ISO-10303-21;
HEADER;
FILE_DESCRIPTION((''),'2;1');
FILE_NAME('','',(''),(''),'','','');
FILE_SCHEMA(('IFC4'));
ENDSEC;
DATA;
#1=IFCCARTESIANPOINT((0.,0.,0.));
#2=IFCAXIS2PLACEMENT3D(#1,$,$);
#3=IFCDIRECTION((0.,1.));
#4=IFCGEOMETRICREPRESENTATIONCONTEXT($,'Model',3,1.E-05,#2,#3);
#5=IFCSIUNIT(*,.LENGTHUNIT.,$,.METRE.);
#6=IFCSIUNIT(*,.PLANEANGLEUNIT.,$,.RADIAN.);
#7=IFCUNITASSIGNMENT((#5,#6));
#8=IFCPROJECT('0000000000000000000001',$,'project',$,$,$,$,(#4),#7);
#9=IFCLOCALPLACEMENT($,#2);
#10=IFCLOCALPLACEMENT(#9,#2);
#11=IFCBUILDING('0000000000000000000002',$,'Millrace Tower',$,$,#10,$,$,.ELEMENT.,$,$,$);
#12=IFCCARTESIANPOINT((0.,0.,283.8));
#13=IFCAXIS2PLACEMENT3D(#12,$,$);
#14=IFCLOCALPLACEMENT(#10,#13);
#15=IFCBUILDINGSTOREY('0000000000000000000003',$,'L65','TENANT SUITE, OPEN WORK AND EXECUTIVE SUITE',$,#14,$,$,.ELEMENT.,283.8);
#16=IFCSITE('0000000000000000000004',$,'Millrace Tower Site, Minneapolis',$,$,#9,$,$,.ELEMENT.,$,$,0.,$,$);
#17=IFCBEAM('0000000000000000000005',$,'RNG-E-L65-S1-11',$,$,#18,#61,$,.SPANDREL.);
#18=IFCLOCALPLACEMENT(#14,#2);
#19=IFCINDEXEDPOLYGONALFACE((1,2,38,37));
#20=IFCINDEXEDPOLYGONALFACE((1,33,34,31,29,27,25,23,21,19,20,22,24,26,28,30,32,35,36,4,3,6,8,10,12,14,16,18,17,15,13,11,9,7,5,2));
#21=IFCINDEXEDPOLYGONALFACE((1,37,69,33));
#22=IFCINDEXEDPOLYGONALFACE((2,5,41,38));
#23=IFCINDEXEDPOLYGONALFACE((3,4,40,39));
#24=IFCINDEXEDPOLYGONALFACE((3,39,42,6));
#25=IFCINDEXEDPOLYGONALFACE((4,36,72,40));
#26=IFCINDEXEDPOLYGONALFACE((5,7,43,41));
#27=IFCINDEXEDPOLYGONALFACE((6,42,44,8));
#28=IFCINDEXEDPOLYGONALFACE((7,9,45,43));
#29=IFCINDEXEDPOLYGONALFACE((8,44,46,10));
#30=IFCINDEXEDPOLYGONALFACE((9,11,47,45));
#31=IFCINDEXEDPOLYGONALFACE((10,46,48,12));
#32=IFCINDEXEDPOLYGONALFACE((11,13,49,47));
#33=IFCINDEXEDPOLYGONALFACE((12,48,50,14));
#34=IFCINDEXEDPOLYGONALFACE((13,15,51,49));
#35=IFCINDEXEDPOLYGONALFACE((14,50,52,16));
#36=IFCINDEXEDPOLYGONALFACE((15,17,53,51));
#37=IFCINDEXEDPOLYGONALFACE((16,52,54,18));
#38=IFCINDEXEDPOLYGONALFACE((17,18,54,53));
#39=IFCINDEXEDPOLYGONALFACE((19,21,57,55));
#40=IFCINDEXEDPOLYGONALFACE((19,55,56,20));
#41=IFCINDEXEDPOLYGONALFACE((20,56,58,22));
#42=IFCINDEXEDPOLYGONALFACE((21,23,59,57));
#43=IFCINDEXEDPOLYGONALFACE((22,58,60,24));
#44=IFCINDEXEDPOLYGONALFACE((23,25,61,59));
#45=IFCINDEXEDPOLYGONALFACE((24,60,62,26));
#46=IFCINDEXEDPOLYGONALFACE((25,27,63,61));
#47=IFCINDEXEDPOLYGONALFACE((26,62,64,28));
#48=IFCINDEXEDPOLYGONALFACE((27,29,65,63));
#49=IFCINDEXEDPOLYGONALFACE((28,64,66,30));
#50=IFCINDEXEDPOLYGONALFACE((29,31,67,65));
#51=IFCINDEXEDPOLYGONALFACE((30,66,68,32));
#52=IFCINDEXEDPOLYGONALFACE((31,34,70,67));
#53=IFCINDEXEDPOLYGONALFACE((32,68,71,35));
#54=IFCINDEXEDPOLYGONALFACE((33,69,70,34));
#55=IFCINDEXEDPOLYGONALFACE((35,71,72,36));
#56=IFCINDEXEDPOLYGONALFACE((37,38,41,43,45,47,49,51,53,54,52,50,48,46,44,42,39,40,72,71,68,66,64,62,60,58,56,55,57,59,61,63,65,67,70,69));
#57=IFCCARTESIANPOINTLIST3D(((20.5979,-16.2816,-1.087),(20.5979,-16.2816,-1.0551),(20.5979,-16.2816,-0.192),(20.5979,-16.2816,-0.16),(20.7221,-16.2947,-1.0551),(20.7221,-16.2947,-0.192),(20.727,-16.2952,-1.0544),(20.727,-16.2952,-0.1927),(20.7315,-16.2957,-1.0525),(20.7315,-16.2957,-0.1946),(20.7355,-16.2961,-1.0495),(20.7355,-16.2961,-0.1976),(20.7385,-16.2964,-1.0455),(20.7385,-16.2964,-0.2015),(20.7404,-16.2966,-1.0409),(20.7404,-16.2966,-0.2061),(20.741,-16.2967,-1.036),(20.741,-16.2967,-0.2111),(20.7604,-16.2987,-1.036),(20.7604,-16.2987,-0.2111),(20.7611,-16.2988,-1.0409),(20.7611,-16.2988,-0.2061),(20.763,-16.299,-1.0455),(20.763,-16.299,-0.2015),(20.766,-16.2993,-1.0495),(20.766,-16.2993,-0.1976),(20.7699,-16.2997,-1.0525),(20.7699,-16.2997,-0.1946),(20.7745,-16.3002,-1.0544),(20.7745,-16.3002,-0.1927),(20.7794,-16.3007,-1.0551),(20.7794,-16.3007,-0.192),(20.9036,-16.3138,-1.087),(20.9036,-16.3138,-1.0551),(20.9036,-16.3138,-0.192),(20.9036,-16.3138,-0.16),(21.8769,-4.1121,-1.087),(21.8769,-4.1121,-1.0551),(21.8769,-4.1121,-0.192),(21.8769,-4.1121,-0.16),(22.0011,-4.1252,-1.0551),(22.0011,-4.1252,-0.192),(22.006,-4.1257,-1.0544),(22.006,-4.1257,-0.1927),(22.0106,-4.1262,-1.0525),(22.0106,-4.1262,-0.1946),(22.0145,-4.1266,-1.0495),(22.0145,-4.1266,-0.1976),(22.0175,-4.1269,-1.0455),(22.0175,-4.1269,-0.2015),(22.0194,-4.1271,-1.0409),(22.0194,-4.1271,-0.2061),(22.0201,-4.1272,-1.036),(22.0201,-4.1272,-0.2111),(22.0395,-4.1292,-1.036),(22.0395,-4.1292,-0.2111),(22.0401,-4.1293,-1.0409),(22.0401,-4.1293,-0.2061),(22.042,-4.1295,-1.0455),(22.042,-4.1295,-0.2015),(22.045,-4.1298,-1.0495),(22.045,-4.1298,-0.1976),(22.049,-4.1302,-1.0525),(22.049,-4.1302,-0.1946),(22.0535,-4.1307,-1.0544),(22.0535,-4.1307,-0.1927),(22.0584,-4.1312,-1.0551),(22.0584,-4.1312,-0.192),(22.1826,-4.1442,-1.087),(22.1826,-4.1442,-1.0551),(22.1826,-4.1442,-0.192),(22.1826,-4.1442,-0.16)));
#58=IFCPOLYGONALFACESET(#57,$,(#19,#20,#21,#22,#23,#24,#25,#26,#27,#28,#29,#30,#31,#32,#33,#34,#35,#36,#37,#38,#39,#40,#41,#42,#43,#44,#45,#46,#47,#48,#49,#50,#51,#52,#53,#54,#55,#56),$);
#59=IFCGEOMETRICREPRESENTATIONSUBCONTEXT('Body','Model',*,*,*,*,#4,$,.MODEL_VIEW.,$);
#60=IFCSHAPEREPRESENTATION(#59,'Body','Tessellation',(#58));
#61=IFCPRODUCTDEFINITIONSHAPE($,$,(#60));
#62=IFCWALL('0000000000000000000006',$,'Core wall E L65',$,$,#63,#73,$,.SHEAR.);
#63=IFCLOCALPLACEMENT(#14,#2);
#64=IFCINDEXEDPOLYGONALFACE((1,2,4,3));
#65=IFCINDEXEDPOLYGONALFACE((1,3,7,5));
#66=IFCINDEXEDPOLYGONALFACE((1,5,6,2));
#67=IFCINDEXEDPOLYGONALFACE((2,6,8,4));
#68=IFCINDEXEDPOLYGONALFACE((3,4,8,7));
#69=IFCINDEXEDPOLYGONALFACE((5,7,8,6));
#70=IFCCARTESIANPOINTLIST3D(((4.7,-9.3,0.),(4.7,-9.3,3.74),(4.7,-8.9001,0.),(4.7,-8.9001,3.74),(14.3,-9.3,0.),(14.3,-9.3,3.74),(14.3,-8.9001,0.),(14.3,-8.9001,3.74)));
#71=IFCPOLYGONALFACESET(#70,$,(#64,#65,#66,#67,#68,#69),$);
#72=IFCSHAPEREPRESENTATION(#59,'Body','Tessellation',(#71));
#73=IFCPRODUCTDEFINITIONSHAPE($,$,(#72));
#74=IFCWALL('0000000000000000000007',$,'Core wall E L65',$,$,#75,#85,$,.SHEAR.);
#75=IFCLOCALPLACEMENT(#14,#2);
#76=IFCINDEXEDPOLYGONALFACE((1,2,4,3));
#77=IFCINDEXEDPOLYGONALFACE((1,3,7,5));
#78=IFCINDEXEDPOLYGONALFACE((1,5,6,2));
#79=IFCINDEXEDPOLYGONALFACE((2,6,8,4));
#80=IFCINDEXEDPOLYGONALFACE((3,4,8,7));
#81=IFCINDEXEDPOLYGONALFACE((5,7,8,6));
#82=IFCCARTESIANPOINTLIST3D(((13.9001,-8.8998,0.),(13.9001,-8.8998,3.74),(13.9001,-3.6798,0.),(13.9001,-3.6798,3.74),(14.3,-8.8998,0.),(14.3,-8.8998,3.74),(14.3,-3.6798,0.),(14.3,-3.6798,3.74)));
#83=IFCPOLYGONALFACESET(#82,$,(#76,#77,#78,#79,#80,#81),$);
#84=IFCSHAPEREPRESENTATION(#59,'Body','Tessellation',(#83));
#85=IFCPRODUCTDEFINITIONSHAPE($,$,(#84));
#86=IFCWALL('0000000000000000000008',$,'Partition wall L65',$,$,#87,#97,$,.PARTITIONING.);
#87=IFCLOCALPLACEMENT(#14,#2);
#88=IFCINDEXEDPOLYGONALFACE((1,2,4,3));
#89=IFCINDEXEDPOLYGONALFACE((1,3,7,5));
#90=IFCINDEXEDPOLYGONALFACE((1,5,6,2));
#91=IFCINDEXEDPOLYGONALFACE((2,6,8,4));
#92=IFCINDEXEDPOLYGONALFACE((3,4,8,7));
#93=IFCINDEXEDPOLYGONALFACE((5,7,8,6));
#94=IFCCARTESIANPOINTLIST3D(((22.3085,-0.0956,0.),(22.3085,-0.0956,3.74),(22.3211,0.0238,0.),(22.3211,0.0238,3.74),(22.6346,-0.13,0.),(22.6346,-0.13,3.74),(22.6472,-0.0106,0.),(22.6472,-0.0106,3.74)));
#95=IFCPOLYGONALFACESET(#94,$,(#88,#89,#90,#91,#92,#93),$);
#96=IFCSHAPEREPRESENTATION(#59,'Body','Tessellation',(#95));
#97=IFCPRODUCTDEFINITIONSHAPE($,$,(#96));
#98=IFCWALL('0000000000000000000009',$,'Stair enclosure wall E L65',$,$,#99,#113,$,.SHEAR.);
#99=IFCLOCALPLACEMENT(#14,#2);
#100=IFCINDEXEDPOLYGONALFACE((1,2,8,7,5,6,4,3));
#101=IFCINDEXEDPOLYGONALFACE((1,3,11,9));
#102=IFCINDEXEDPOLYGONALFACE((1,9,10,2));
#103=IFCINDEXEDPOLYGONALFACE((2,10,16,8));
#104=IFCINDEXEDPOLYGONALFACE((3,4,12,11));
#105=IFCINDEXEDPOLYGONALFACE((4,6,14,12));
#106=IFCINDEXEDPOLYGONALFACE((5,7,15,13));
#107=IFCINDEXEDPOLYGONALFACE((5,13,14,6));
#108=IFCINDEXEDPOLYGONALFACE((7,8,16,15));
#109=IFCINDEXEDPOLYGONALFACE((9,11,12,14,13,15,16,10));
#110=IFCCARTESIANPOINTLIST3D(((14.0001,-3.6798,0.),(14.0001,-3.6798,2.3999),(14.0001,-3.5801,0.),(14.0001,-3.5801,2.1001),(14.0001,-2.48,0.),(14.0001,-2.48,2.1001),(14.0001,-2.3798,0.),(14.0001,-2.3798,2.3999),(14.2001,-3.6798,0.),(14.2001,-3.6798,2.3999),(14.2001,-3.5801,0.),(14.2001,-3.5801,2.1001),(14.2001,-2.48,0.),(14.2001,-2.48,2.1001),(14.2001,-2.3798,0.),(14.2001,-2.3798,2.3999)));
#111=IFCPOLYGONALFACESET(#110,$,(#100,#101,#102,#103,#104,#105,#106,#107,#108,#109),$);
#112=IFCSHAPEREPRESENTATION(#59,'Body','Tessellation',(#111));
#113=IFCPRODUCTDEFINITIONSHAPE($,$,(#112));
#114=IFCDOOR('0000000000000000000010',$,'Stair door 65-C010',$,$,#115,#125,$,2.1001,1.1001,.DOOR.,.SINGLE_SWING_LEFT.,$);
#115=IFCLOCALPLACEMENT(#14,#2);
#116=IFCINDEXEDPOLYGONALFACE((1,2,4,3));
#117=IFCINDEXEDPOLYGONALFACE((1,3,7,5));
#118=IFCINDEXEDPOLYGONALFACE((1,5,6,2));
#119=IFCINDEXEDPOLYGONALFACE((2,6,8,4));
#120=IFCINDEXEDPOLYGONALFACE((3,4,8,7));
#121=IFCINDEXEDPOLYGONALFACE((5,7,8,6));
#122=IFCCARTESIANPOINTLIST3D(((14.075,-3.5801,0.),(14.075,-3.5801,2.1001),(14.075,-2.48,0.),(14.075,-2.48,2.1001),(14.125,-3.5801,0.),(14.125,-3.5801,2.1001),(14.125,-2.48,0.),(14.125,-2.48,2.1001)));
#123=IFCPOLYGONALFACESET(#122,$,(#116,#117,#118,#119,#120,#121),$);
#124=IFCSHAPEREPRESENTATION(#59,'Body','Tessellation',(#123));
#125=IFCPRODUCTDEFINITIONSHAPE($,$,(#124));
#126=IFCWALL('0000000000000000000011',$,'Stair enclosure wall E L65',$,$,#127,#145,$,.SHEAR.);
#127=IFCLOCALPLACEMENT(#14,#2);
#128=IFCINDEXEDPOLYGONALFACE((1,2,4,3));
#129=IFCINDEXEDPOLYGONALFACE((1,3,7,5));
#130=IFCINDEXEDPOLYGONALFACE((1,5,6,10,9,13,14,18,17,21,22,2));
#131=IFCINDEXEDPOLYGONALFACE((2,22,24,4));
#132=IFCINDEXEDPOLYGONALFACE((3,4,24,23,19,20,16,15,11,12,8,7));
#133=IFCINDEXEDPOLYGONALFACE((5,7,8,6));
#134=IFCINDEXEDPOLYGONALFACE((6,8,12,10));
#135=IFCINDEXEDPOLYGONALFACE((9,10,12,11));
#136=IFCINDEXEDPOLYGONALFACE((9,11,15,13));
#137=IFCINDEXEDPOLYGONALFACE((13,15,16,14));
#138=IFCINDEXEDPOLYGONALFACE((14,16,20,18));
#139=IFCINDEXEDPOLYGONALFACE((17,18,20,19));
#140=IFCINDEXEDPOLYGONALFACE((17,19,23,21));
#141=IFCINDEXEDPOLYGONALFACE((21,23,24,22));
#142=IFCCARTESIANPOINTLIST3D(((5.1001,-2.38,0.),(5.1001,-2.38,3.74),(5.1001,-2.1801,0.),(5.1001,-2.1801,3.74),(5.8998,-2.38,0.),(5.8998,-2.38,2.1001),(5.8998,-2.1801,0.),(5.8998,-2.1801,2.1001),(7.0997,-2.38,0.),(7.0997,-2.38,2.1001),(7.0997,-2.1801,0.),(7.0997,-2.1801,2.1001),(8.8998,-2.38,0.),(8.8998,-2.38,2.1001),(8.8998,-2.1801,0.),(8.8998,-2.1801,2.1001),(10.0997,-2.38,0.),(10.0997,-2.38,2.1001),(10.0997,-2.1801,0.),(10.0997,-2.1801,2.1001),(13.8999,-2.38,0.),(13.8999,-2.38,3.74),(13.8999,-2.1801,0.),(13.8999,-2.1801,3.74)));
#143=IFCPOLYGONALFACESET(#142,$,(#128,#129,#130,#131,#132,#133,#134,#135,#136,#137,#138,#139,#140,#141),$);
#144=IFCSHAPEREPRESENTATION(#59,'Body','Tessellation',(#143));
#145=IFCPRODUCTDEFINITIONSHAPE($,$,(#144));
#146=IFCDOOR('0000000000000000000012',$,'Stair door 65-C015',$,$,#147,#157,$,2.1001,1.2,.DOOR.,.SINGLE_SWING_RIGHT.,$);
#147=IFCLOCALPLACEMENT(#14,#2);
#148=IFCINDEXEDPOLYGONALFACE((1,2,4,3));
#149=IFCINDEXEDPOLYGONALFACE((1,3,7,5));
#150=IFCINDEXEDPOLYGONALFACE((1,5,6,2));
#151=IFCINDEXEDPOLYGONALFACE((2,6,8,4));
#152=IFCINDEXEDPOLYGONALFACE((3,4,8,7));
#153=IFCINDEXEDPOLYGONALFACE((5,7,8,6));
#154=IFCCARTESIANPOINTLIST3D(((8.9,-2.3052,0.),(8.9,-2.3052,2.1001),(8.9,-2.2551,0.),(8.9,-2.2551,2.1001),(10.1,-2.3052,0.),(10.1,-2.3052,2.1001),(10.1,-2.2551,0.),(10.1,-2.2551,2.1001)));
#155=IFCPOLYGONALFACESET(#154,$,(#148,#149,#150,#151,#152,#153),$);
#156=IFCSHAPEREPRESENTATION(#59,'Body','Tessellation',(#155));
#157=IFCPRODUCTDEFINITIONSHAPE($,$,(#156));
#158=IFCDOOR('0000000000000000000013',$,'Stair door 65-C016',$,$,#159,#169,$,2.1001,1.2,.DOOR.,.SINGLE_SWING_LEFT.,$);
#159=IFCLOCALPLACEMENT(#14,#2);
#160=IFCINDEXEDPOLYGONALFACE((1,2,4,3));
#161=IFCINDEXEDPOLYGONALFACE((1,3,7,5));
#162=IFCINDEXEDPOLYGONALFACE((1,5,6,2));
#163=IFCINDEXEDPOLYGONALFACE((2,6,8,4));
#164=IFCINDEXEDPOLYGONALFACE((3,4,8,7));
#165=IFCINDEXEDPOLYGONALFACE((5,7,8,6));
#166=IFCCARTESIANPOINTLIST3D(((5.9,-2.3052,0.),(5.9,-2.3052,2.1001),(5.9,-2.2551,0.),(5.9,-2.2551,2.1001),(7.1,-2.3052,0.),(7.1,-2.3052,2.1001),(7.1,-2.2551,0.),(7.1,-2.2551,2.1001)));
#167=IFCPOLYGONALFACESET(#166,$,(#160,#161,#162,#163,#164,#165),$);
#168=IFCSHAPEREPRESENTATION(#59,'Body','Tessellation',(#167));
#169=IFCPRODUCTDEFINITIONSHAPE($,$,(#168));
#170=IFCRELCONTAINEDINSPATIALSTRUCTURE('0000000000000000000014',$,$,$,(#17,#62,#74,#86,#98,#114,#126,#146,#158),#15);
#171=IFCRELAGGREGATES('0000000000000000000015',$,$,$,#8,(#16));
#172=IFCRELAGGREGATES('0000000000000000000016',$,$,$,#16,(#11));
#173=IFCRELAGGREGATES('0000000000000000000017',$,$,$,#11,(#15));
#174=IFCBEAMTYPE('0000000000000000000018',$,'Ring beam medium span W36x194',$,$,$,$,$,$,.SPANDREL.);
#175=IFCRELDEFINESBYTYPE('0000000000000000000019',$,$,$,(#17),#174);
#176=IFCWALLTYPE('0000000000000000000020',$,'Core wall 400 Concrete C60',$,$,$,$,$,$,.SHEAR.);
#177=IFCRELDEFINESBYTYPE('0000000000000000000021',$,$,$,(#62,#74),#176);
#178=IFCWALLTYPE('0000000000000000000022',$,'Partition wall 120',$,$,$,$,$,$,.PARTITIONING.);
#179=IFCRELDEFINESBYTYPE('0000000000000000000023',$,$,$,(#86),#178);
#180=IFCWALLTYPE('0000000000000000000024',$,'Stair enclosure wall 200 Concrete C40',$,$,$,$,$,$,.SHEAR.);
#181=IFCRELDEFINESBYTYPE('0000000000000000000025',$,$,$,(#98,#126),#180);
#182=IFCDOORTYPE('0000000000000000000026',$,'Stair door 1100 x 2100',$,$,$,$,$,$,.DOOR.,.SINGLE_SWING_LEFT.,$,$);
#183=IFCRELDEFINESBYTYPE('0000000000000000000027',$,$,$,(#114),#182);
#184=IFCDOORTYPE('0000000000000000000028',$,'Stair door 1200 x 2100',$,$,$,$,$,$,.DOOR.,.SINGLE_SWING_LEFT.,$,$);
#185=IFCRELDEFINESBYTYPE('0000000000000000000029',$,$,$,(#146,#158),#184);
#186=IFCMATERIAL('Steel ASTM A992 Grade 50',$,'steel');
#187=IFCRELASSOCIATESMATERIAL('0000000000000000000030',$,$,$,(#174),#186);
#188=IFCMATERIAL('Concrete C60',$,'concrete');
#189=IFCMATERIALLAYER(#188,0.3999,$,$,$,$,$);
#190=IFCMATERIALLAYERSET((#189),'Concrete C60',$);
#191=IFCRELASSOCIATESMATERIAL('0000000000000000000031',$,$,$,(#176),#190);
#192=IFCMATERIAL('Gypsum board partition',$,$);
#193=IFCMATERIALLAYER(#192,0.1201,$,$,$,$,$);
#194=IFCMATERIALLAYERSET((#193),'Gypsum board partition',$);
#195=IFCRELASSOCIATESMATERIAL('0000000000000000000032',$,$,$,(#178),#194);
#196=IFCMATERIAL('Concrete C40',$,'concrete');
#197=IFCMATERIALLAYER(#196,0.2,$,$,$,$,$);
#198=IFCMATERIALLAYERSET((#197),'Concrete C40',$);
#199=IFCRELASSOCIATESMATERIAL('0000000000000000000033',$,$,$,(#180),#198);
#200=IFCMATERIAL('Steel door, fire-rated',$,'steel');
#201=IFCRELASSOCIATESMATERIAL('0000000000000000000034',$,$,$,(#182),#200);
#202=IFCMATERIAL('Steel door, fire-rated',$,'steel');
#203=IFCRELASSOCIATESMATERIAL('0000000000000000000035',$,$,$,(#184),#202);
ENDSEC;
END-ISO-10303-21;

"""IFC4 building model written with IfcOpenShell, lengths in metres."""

from ifc_helpers import new_model, si_unit, direction, frame, frame_2d, origin, origin_2d, place, context, subcontext, project, spatial, rectangle, i_section, extrude, material, layer, layer_set, material_profile, profile_set, type_object, element, fill, save


model = new_model("IFC4")

# Units and contexts
model_context = context("Model", 3, precision=1e-05, world=origin(), true_north=direction((0.0, 1.0)))
body_context = subcontext(model_context, "Body", "Model", "MODEL_VIEW")
ifc_project = project(units=[si_unit("LENGTHUNIT", "METRE"), si_unit("PLANEANGLEUNIT", "RADIAN")], contexts=[model_context])

# Site, building, storey
site_placement = place(None, origin())
site = spatial("IfcSite", under=ifc_project, at=site_placement, Name="Millrace Tower Site, Minneapolis", CompositionType="ELEMENT", RefElevation=0.0)
building_placement = place(site_placement, origin())
building = spatial("IfcBuilding", under=site, at=building_placement, Name="Millrace Tower", CompositionType="ELEMENT")
storey_placement = place(building_placement, frame((0.0, 0.0, 283.8)))
storey = spatial("IfcBuildingStorey", under=building, at=storey_placement, Name="L65", Description="TENANT SUITE, OPEN WORK AND EXECUTIVE SUITE", CompositionType="ELEMENT", Elevation=283.8)

# Beam
ifc_material_1 = material(Name="Steel ASTM A992 Grade 50", Category="steel")
ifc_material_profile_1 = material_profile(ifc_material_1, i_section(OverallWidth=0.3074, OverallDepth=0.927, WebThickness=0.0195, FlangeThickness=0.032, FilletRadius=0.019, at=origin_2d()))
ifc_profile_set_1 = profile_set([ifc_material_profile_1], Name="Steel ASTM A992 Grade 50")
beam_type_1 = type_object("IfcBeamType", Name="Ring beam medium span W36x194", PredefinedType="SPANDREL", material=ifc_profile_set_1)
beam_1_placement = place(storey_placement, frame((22.0298, -4.1282, -0.6235), z_axis=(-0.104528, -0.994522, 0.0), x_axis=(0.994522, -0.104528, 0.0)))
element("IfcBeam", 1, at=beam_1_placement, inside=storey, type_object=beam_type_1, Name="RNG-E-L65-S1-11", PredefinedType="SPANDREL", context=body_context, shape_type="SweptSolid", body=[
    extrude(i_section(OverallWidth=0.3074, OverallDepth=0.927, WebThickness=0.0195, FlangeThickness=0.032, FilletRadius=0.019, at=origin_2d()), origin(), (0.0, 0.0, 1.0), 12.2366),
])

# Walls
ifc_material_2 = material(Name="Concrete C60", Category="concrete")
ifc_layer_1 = layer(ifc_material_2, 0.3999)
ifc_layer_set_1 = layer_set([ifc_layer_1], Name="Concrete C60")
wall_type_1 = type_object("IfcWallType", Name="Core wall 400 Concrete C60", PredefinedType="SHEAR", material=ifc_layer_set_1)
wall_1_placement = place(storey_placement, frame((14.3, -9.1001, 0.0), z_axis=(0.0, 0.0, 1.0), x_axis=(-1.0, 0.0, 0.0)))
element("IfcWall", 2, at=wall_1_placement, inside=storey, type_object=wall_type_1, Name="Core wall E L65", PredefinedType="SHEAR", context=body_context, shape_type="SweptSolid", body=[
    extrude(rectangle(XDim=9.6001, YDim=0.3999, at=frame_2d((4.8, 0.0))), origin(), (0.0, 0.0, 1.0), 3.74),
])
wall_2_placement = place(storey_placement, frame((14.1001, -3.6799, 0.0), z_axis=(0.0, 0.0, 1.0), x_axis=(0.0, -1.0, 0.0)))
element("IfcWall", 3, at=wall_2_placement, inside=storey, type_object=wall_type_1, Name="Core wall E L65", PredefinedType="SHEAR", context=body_context, shape_type="SweptSolid", body=[
    extrude(rectangle(XDim=5.22, YDim=0.3999, at=frame_2d((2.6099, 0.0))), origin(), (0.0, 0.0, 1.0), 3.74),
])
ifc_material_3 = material(Name="Gypsum board partition")
ifc_layer_2 = layer(ifc_material_3, 0.1201)
ifc_layer_set_2 = layer_set([ifc_layer_2], Name="Gypsum board partition")
wall_type_2 = type_object("IfcWallType", Name="Partition wall 120", PredefinedType="PARTITIONING", material=ifc_layer_set_2)
wall_3_placement = place(storey_placement, frame((22.3147, -0.0359, 0.0), z_axis=(0.0, 0.0, 1.0), x_axis=(0.994477, -0.104956, 0.0)))
element("IfcWall", 4, at=wall_3_placement, inside=storey, type_object=wall_type_2, Name="Partition wall L65", PredefinedType="PARTITIONING", context=body_context, shape_type="SweptSolid", body=[
    extrude(rectangle(XDim=0.3279, YDim=0.1201, at=frame_2d((0.1641, 0.0))), origin(), (0.0, 0.0, 1.0), 3.74),
])

# Wall, opening, door
ifc_material_4 = material(Name="Concrete C40", Category="concrete")
ifc_layer_3 = layer(ifc_material_4, 0.2)
ifc_layer_set_3 = layer_set([ifc_layer_3], Name="Concrete C40")
wall_type_3 = type_object("IfcWallType", Name="Stair enclosure wall 200 Concrete C40", PredefinedType="SHEAR", material=ifc_layer_set_3)
wall_4_placement = place(storey_placement, frame((14.1001, -2.3799, 0.0), z_axis=(0.0, 0.0, 1.0), x_axis=(0.0, -1.0, 0.0)))
wall_4 = element("IfcWall", 5, at=wall_4_placement, inside=storey, type_object=wall_type_3, Name="Stair enclosure wall E L65", PredefinedType="SHEAR", context=body_context, shape_type="SweptSolid", body=[
    extrude(rectangle(XDim=1.3, YDim=0.2, at=frame_2d((0.6499, 0.0))), origin(), (0.0, 0.0, 1.0), 2.3999),
])
opening_1_placement = place(wall_4_placement, frame((0.1001, 0.0, 0.0)))
opening_1 = element("IfcOpeningElement", 6, at=opening_1_placement, cuts=wall_4, PredefinedType="OPENING", context=body_context, shape_type="SweptSolid", body=[
    extrude(rectangle(XDim=1.1001, YDim=2.1001, at=frame_2d((0.55, 1.05))), frame((0.0, 0.1099, 0.0), z_axis=(0.0, -1.0, 0.0), x_axis=(1.0, 0.0, 0.0)), (0.0, 0.0, 1.0), 0.22),
])
ifc_material_5 = material(Name="Steel door, fire-rated", Category="steel")
door_type_1 = type_object("IfcDoorType", Name="Stair door 1100 x 2100", OperationType="SINGLE_SWING_LEFT", PredefinedType="DOOR", material=ifc_material_5)
door_1_placement = place(opening_1_placement, origin())
door_1 = element("IfcDoor", 7, at=door_1_placement, inside=storey, type_object=door_type_1, Name="Stair door 65-C010", OperationType="SINGLE_SWING_LEFT", OverallHeight=2.1001, OverallWidth=1.1001, PredefinedType="DOOR", context=body_context, shape_type="SweptSolid", body=[
    extrude(rectangle(XDim=1.1001, YDim=2.1001, at=frame_2d((0.55, 1.05))), frame((0.0, 0.0249, 0.0), z_axis=(0.0, -1.0, 0.0), x_axis=(1.0, 0.0, 0.0)), (0.0, 0.0, 1.0), 0.05),
])
fill(opening_1, door_1)

# Wall, openings, doors
wall_5_placement = place(storey_placement, frame((13.8999, -2.28, 0.0), z_axis=(0.0, 0.0, 1.0), x_axis=(-1.0, 0.0, 0.0)))
wall_5 = element("IfcWall", 8, at=wall_5_placement, inside=storey, type_object=wall_type_3, Name="Stair enclosure wall E L65", PredefinedType="SHEAR", context=body_context, shape_type="SweptSolid", body=[
    extrude(rectangle(XDim=8.7998, YDim=0.2, at=frame_2d((4.3999, 0.0))), origin(), (0.0, 0.0, 1.0), 3.74),
])
opening_2_placement = place(wall_5_placement, frame((3.8, 0.0, 0.0)))
opening_2 = element("IfcOpeningElement", 9, at=opening_2_placement, cuts=wall_5, PredefinedType="OPENING", context=body_context, shape_type="SweptSolid", body=[
    extrude(rectangle(XDim=1.2, YDim=2.1001, at=frame_2d((0.6001, 1.05))), frame((0.0, 0.1099, 0.0), z_axis=(0.0, -1.0, 0.0), x_axis=(1.0, 0.0, 0.0)), (0.0, 0.0, 1.0), 0.22),
])
opening_3_placement = place(wall_5_placement, frame((6.8, 0.0, 0.0)))
opening_3 = element("IfcOpeningElement", 10, at=opening_3_placement, cuts=wall_5, PredefinedType="OPENING", context=body_context, shape_type="SweptSolid", body=[
    extrude(rectangle(XDim=1.2, YDim=2.1001, at=frame_2d((0.6001, 1.05))), frame((0.0, 0.1099, 0.0), z_axis=(0.0, -1.0, 0.0), x_axis=(1.0, 0.0, 0.0)), (0.0, 0.0, 1.0), 0.22),
])
ifc_material_6 = material(Name="Steel door, fire-rated", Category="steel")
door_type_2 = type_object("IfcDoorType", Name="Stair door 1200 x 2100", OperationType="SINGLE_SWING_LEFT", PredefinedType="DOOR", material=ifc_material_6)
door_2_placement = place(opening_2_placement, frame((1.2, 0.0, 0.0), z_axis=(0.0, 0.0, 1.0), x_axis=(-1.0, 0.0, 0.0)))
door_2 = element("IfcDoor", 11, at=door_2_placement, inside=storey, type_object=door_type_2, Name="Stair door 65-C015", OperationType="SINGLE_SWING_RIGHT", OverallHeight=2.1001, OverallWidth=1.2, PredefinedType="DOOR", context=body_context, shape_type="SweptSolid", body=[
    extrude(rectangle(XDim=1.2, YDim=2.1001, at=frame_2d((0.6001, 1.05))), frame((0.0, 0.0249, 0.0), z_axis=(0.0, -1.0, 0.0), x_axis=(1.0, 0.0, 0.0)), (0.0, 0.0, 1.0), 0.05),
])
fill(opening_2, door_2)
door_3_placement = place(opening_3_placement, frame((1.2, 0.0, 0.0), z_axis=(0.0, 0.0, 1.0), x_axis=(-1.0, 0.0, 0.0)))
door_3 = element("IfcDoor", 12, at=door_3_placement, inside=storey, type_object=door_type_2, Name="Stair door 65-C016", OperationType="SINGLE_SWING_LEFT", OverallHeight=2.1001, OverallWidth=1.2, PredefinedType="DOOR", context=body_context, shape_type="SweptSolid", body=[
    extrude(rectangle(XDim=1.2, YDim=2.1001, at=frame_2d((0.6001, 1.05))), frame((0.0, 0.0249, 0.0), z_axis=(0.0, -1.0, 0.0), x_axis=(1.0, 0.0, 0.0)), (0.0, 0.0, 1.0), 0.05),
])
fill(opening_3, door_3)

save(model, "model.ifc")
